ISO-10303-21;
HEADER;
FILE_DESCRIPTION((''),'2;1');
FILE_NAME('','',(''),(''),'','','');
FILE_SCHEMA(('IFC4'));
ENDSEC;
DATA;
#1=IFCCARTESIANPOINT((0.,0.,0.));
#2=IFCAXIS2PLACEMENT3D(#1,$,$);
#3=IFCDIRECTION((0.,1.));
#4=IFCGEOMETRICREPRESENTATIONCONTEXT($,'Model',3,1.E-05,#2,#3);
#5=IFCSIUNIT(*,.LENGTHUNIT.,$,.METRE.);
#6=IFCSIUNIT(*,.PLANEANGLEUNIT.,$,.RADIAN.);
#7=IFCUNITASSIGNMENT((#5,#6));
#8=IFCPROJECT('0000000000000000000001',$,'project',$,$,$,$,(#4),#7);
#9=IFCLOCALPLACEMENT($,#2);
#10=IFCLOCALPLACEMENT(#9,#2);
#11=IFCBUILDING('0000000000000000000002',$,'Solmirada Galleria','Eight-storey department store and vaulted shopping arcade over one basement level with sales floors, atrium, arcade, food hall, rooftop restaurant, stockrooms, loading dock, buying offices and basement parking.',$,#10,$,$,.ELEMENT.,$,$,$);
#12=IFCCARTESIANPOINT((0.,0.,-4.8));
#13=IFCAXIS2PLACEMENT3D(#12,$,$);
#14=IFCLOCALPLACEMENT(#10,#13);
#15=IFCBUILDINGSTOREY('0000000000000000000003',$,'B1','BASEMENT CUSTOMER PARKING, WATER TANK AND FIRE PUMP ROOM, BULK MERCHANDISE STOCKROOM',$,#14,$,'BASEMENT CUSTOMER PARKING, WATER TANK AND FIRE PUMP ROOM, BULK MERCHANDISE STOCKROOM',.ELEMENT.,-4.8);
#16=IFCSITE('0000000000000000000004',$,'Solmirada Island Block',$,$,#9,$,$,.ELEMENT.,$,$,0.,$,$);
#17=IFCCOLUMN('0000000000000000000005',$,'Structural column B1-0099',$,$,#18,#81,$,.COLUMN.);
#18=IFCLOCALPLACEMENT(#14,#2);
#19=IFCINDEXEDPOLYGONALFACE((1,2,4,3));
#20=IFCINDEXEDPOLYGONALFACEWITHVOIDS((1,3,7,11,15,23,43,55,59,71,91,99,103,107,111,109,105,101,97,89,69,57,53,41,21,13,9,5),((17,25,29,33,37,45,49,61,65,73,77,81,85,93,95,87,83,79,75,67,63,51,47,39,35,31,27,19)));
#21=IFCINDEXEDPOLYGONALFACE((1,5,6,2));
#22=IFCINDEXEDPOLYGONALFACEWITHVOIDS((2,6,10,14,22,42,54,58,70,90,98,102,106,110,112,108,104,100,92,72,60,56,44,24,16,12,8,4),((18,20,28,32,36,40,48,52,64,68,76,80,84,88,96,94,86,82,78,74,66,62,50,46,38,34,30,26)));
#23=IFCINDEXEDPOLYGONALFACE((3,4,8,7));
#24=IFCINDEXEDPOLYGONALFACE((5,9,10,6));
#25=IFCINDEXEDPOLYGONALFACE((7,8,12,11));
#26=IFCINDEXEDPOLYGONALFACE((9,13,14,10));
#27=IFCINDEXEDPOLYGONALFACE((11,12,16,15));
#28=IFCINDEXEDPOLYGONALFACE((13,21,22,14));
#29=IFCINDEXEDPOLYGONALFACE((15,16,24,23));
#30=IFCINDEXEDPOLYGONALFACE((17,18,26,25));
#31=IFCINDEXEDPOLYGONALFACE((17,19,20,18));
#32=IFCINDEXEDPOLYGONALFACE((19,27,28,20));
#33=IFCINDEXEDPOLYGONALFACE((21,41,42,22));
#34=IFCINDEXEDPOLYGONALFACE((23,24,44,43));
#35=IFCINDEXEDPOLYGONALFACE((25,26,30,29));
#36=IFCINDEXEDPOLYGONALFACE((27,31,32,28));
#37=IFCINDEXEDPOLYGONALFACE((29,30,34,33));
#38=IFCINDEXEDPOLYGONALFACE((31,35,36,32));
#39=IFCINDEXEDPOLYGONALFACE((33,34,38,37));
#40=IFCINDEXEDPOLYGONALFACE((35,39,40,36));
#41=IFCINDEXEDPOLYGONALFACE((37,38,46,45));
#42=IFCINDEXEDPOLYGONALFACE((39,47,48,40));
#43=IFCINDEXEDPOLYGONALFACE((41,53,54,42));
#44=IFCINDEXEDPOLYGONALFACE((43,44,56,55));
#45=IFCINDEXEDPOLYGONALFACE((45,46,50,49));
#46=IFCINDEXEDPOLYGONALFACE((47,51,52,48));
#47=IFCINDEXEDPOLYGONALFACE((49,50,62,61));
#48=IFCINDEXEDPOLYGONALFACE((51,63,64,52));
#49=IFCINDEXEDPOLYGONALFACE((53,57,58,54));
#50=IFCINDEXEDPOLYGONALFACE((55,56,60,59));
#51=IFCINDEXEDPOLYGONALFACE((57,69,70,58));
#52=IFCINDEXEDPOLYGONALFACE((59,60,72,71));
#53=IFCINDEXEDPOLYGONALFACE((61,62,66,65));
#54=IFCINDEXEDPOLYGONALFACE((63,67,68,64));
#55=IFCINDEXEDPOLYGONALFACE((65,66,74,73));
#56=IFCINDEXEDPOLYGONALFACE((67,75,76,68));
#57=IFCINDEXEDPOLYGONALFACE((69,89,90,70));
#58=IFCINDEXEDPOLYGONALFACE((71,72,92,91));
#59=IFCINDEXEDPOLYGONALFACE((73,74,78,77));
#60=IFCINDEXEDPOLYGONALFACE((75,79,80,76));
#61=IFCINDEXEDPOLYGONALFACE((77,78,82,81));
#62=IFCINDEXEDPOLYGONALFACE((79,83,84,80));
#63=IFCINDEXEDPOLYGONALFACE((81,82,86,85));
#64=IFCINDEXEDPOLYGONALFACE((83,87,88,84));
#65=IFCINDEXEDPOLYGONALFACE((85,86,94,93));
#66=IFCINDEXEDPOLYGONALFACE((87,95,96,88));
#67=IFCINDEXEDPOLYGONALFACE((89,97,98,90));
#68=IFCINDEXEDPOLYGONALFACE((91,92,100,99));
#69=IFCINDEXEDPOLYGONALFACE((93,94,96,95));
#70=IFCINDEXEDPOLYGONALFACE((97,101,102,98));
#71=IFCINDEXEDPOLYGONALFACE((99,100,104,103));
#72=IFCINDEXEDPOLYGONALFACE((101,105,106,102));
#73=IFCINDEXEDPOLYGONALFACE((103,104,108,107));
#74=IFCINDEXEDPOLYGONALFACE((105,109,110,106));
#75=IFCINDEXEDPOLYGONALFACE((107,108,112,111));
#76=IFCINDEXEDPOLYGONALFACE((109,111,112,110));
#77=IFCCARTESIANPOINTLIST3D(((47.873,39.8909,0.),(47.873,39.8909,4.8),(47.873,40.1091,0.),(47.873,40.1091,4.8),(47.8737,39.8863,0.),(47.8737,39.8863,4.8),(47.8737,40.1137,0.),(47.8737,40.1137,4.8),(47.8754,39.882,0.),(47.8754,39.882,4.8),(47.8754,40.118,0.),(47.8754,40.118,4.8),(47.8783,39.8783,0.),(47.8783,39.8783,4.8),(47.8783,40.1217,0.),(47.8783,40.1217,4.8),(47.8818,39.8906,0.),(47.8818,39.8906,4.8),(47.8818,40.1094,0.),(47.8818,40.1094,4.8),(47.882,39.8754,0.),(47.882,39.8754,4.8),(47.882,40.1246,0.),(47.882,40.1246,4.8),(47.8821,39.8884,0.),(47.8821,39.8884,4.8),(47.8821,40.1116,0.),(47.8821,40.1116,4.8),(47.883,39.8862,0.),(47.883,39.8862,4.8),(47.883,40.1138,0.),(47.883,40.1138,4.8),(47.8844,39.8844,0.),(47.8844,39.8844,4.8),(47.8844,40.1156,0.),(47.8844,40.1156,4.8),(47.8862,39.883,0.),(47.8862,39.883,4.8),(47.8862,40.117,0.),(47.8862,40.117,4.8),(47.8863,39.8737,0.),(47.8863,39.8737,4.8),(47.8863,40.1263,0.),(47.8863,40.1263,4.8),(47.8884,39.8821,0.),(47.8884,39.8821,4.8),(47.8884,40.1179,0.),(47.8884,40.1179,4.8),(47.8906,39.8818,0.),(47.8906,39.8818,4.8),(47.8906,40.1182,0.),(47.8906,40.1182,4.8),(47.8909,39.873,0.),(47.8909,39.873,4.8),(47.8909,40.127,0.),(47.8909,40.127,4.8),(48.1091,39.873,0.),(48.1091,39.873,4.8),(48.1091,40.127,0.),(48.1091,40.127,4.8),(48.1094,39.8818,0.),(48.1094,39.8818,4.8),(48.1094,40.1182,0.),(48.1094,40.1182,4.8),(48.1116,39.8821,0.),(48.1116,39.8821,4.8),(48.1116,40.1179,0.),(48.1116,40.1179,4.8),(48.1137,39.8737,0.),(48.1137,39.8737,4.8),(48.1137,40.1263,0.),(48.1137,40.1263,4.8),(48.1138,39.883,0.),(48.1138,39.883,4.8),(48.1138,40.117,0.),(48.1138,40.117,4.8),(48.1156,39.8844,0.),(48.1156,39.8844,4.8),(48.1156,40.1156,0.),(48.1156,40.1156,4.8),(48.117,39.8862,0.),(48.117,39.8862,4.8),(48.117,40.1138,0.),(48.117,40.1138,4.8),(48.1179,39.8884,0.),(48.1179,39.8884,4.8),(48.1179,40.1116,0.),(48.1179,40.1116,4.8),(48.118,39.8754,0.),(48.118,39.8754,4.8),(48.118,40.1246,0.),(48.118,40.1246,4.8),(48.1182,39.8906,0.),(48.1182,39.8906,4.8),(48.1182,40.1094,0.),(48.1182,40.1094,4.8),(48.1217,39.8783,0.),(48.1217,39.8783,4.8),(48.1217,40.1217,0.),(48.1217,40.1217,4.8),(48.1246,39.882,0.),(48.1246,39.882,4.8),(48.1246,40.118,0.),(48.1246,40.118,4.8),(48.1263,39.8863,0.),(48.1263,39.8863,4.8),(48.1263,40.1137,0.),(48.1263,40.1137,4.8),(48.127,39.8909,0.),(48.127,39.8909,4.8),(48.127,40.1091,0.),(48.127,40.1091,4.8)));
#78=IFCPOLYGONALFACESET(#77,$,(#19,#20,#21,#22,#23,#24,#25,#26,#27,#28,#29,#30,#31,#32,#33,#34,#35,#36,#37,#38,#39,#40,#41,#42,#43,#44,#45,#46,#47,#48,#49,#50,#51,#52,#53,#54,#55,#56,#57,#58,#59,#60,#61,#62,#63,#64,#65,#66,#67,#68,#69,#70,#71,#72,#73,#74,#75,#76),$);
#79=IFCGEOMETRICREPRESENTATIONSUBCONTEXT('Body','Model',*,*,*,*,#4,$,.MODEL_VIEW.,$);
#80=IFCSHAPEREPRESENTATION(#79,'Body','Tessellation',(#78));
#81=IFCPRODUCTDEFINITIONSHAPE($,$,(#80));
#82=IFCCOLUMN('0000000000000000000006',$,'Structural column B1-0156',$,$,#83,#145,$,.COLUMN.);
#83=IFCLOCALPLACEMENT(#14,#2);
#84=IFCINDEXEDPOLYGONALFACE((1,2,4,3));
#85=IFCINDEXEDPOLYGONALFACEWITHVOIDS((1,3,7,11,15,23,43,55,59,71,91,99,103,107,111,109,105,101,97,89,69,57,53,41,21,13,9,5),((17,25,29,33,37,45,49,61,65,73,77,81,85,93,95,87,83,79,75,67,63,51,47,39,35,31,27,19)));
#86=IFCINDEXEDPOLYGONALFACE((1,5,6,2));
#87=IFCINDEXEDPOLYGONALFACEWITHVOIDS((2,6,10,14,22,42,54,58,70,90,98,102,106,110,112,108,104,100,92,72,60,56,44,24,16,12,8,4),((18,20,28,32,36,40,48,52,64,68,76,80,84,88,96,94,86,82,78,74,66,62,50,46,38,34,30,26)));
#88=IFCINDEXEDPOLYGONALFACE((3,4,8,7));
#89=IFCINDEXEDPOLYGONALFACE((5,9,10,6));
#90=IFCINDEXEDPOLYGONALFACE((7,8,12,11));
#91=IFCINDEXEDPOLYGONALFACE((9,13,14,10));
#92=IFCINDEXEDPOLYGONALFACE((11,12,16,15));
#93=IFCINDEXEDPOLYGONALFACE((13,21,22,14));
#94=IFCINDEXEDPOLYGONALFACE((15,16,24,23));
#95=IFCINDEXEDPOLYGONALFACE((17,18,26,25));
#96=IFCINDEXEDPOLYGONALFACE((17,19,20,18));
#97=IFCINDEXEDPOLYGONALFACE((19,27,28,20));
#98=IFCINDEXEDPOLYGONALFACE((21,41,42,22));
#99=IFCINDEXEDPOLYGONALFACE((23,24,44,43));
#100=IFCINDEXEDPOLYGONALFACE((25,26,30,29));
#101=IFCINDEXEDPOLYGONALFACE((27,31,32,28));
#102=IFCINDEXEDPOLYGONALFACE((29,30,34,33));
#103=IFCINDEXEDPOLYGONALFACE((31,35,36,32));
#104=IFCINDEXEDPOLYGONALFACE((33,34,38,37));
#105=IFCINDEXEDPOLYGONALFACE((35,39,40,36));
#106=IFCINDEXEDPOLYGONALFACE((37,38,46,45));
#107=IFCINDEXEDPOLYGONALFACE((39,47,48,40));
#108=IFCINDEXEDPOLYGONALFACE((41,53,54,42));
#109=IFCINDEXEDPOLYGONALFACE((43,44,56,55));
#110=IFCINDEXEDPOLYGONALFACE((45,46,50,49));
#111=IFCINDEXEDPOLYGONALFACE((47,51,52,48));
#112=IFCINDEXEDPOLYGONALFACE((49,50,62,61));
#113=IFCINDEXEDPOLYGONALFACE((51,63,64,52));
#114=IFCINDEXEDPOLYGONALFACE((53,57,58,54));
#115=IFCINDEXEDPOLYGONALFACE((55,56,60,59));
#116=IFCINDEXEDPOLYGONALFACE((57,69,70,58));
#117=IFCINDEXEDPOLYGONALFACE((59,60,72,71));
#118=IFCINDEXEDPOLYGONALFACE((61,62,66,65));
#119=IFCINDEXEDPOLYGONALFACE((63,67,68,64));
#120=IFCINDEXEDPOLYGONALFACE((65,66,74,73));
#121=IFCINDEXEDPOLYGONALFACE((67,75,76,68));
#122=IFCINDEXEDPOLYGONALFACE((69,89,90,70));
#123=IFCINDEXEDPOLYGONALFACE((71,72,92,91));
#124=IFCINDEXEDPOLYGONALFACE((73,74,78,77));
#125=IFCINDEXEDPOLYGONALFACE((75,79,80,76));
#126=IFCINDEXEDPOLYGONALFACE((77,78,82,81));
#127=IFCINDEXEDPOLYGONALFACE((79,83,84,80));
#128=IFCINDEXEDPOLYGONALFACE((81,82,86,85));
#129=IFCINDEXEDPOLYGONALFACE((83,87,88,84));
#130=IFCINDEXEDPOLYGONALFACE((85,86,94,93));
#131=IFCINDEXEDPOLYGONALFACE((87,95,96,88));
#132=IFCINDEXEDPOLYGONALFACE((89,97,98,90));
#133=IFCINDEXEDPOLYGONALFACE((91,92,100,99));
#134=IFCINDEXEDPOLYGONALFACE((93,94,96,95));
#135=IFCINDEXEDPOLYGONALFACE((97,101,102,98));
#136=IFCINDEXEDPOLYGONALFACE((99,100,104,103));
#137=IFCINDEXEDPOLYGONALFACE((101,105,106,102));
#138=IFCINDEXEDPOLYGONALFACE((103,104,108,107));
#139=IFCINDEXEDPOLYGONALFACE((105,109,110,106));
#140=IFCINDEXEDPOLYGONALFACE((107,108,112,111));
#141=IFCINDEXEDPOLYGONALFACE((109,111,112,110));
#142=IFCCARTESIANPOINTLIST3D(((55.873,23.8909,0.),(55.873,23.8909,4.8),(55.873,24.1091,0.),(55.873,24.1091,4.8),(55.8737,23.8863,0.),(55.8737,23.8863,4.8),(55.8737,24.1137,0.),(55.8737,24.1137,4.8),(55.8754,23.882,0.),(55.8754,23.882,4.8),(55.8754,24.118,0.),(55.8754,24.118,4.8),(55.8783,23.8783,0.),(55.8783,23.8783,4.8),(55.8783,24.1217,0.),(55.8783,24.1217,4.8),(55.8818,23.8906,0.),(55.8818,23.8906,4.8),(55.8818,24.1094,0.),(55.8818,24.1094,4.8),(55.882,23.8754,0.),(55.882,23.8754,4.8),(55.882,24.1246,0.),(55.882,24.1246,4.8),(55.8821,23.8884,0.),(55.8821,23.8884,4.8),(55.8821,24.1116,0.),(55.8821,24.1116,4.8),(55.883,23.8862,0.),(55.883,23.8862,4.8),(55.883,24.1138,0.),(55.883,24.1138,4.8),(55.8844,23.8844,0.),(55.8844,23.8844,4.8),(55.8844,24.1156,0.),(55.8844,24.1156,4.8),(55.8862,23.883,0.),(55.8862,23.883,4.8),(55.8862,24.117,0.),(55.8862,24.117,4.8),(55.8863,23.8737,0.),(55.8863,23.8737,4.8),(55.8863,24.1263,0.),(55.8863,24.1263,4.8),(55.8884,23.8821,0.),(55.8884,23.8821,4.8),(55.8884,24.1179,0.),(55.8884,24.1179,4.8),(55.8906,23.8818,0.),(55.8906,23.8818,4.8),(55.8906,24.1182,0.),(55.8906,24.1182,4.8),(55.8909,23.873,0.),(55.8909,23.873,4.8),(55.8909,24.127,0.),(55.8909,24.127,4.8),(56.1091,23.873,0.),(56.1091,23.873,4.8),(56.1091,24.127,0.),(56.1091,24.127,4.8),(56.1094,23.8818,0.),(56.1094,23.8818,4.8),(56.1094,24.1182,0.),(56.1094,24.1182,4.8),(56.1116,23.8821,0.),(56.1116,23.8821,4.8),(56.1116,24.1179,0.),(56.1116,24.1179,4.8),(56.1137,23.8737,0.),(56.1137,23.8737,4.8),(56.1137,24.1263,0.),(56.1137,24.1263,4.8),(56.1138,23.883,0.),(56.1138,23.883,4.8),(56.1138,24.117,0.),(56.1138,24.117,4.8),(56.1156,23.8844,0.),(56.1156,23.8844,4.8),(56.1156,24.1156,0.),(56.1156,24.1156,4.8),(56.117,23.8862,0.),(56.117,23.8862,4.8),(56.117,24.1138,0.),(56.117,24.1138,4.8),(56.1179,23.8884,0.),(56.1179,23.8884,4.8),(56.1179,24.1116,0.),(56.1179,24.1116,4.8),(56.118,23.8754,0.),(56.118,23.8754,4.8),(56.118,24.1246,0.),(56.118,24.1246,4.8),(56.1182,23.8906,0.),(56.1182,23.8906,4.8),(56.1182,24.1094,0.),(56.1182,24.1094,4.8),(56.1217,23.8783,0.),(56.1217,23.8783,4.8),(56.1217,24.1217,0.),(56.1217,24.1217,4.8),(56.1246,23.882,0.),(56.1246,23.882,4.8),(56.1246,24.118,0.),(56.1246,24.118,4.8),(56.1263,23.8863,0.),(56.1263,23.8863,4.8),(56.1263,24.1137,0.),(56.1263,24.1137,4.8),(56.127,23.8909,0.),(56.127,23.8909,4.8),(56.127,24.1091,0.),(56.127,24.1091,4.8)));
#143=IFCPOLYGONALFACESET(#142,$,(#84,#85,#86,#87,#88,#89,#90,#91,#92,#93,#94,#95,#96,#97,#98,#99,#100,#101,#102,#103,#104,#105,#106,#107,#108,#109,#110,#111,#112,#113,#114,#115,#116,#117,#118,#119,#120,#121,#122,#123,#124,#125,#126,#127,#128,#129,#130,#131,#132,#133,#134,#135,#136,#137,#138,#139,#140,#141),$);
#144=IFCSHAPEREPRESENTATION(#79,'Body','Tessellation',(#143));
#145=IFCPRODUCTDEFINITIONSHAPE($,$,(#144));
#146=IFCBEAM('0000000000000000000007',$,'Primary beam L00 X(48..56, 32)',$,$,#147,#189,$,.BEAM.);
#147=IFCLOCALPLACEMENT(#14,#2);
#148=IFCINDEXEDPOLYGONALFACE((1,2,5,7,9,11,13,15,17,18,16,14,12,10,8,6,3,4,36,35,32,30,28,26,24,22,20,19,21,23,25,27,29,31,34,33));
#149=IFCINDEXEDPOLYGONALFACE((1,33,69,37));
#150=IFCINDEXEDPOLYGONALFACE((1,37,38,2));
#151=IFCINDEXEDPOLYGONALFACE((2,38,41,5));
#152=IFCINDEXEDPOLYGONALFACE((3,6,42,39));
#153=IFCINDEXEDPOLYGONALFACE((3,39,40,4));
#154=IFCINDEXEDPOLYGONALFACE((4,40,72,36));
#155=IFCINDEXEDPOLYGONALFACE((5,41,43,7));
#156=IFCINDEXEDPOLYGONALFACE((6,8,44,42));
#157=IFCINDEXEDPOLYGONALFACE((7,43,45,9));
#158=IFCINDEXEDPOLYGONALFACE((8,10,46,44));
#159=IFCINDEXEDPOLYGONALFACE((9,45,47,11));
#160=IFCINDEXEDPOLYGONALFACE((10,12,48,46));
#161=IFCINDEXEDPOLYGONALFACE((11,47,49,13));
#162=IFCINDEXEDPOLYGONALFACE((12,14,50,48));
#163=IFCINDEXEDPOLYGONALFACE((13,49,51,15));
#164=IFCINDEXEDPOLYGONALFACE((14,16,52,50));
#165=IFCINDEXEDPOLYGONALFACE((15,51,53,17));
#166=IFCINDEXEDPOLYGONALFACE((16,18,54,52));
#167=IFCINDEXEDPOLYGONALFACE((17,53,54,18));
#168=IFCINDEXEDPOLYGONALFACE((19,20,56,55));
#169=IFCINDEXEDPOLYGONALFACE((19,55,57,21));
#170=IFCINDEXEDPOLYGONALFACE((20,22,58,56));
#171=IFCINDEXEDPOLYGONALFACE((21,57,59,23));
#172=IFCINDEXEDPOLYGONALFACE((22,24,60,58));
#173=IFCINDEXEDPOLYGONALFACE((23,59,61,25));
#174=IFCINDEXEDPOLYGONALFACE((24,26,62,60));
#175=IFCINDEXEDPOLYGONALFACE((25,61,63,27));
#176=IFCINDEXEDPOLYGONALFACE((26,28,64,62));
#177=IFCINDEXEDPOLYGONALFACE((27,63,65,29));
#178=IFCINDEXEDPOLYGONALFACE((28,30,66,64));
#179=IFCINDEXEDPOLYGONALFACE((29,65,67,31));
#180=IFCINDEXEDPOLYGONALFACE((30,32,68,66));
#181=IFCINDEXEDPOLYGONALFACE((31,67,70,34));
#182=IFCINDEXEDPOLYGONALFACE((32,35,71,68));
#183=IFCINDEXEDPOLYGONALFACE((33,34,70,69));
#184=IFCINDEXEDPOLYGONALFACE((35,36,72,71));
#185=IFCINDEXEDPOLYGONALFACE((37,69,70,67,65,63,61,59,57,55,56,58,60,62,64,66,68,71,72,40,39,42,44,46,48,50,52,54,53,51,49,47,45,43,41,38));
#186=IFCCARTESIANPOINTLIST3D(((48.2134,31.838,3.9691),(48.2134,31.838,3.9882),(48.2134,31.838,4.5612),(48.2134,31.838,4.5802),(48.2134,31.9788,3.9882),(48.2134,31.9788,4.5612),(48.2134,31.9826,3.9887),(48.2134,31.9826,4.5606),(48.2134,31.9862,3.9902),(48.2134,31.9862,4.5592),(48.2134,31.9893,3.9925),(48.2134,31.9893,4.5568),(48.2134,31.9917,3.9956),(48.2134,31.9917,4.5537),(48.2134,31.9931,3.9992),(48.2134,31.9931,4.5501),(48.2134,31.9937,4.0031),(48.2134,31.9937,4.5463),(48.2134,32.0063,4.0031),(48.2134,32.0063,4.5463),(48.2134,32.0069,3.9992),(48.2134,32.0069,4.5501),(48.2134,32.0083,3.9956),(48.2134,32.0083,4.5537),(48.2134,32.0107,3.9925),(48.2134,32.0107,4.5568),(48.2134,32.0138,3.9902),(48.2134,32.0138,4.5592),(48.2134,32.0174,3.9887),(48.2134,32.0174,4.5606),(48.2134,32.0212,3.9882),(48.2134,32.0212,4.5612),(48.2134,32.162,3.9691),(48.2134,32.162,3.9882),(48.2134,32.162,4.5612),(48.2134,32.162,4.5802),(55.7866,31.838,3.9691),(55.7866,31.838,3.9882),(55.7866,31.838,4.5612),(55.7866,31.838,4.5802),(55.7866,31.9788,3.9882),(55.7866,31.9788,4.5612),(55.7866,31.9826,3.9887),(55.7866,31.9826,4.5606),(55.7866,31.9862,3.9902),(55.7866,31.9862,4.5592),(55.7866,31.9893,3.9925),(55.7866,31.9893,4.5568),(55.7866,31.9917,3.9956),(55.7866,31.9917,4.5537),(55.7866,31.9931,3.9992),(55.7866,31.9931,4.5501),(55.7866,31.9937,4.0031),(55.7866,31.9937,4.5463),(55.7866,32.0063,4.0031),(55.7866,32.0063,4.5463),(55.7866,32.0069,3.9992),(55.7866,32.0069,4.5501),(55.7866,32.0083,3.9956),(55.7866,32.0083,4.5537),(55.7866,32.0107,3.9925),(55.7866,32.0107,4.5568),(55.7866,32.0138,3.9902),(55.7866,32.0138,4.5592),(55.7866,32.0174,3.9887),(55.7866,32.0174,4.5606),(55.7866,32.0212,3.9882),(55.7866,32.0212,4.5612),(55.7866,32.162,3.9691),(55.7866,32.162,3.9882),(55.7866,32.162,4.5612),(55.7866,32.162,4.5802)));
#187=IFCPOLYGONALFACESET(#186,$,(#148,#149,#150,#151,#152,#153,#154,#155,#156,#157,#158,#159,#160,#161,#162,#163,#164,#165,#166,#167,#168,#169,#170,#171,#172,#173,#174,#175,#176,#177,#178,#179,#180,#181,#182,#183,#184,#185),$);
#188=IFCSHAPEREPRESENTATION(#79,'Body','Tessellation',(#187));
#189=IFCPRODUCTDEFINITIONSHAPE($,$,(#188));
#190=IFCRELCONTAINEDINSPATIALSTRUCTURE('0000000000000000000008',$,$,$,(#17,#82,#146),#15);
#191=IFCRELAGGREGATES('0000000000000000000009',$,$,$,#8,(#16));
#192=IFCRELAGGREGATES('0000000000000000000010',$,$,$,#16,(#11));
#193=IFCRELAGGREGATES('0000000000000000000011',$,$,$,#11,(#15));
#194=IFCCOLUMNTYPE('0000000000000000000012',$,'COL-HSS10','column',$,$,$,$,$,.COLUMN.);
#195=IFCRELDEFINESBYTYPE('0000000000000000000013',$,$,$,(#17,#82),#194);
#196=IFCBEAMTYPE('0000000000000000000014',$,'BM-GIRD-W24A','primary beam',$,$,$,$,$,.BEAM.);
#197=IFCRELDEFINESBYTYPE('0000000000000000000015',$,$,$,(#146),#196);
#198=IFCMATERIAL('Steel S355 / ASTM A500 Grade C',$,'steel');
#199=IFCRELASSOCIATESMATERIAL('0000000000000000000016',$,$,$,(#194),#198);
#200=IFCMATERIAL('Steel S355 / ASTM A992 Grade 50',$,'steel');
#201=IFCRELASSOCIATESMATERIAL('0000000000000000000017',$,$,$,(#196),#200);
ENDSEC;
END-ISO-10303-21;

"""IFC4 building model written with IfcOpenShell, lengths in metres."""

from ifc_helpers import new_model, si_unit, direction, frame, origin, origin_2d, place, context, subcontext, project, spatial, hollow_rectangle, i_section, extrude, material, material_profile, profile_set, type_object, element, save


model = new_model("IFC4")

# Units and contexts
model_context = context("Model", 3, precision=1e-05, world=origin(), true_north=direction((0.0, 1.0)))
body_context = subcontext(model_context, "Body", "Model", "MODEL_VIEW")
ifc_project = project(units=[si_unit("LENGTHUNIT", "METRE"), si_unit("PLANEANGLEUNIT", "RADIAN")], contexts=[model_context])

# Site, building, storey
site_placement = place(None, origin())
site = spatial("IfcSite", under=ifc_project, at=site_placement, Name="Solmirada Island Block", CompositionType="ELEMENT", RefElevation=0.0)
building_placement = place(site_placement, origin())
building = spatial("IfcBuilding", under=site, at=building_placement, Name="Solmirada Galleria", Description="Eight-storey department store and vaulted shopping arcade over one basement level with sales floors, atrium, arcade, food hall, rooftop restaurant, stockrooms, loading dock, buying offices and basement parking.", CompositionType="ELEMENT")
storey_placement = place(building_placement, frame((0.0, 0.0, -4.8)))
storey = spatial("IfcBuildingStorey", under=building, at=storey_placement, Name="B1", Description="BASEMENT CUSTOMER PARKING, WATER TANK AND FIRE PUMP ROOM, BULK MERCHANDISE STOCKROOM", LongName="BASEMENT CUSTOMER PARKING, WATER TANK AND FIRE PUMP ROOM, BULK MERCHANDISE STOCKROOM", CompositionType="ELEMENT", Elevation=-4.8)

# Columns
ifc_material_1 = material(Name="Steel S355 / ASTM A500 Grade C", Category="steel")
ifc_material_profile_1 = material_profile(ifc_material_1, hollow_rectangle(XDim=0.2539, YDim=0.2539, WallThickness=0.0088, InnerFilletRadius=0.0088, OuterFilletRadius=0.0178, at=origin_2d()), Name="HSS10X10X3/8")
ifc_profile_set_1 = profile_set([ifc_material_profile_1], Name="Steel S355 / ASTM A500 Grade C")
column_type_1 = type_object("IfcColumnType", Name="COL-HSS10", Description="column", PredefinedType="COLUMN", material=ifc_profile_set_1)
for number, where, z_axis, x_axis, name in (
    (1, (48.0, 40.0, 0.0), (0.0, 0.0, 1.0), (1.0, 0.0, 0.0), "Structural column B1-0099"),
    (2, (56.0, 24.0, 0.0), (0.0, 0.0, 1.0), (1.0, 0.0, 0.0), "Structural column B1-0156"),
):
    element("IfcColumn", number, at=place(storey_placement, frame(where, z_axis=z_axis, x_axis=x_axis)), inside=storey, type_object=column_type_1, Name=name, PredefinedType="COLUMN", context=body_context, shape_type="SweptSolid", body=[
        extrude(hollow_rectangle(XDim=0.2539, YDim=0.2539, WallThickness=0.0088, InnerFilletRadius=0.0088, OuterFilletRadius=0.0178, at=origin_2d()), origin(), (0.0, 0.0, 1.0), 4.8),
    ])

# Beam
ifc_material_2 = material(Name="Steel S355 / ASTM A992 Grade 50", Category="steel")
ifc_material_profile_2 = material_profile(ifc_material_2, i_section(OverallWidth=0.324, OverallDepth=0.6111, WebThickness=0.0127, FlangeThickness=0.019, FilletRadius=0.0149, at=origin_2d()), Name="W24X104")
ifc_profile_set_2 = profile_set([ifc_material_profile_2], Name="Steel S355 / ASTM A992 Grade 50")
beam_type_1 = type_object("IfcBeamType", Name="BM-GIRD-W24A", Description="primary beam", PredefinedType="BEAM", material=ifc_profile_set_2)
beam_1_placement = place(storey_placement, frame((48.2134, 32.0, 4.2747), z_axis=(1.0, 0.0, 0.0), x_axis=(0.0, 1.0, 0.0)))
element("IfcBeam", 3, at=beam_1_placement, inside=storey, type_object=beam_type_1, Name="Primary beam L00 X(48..56, 32)", PredefinedType="BEAM", context=body_context, shape_type="SweptSolid", body=[
    extrude(i_section(OverallWidth=0.324, OverallDepth=0.6111, WebThickness=0.0127, FlangeThickness=0.019, FilletRadius=0.0149, at=origin_2d()), origin(), (0.0, 0.0, 1.0), 7.5732),
])

save(model, "model.ifc")
